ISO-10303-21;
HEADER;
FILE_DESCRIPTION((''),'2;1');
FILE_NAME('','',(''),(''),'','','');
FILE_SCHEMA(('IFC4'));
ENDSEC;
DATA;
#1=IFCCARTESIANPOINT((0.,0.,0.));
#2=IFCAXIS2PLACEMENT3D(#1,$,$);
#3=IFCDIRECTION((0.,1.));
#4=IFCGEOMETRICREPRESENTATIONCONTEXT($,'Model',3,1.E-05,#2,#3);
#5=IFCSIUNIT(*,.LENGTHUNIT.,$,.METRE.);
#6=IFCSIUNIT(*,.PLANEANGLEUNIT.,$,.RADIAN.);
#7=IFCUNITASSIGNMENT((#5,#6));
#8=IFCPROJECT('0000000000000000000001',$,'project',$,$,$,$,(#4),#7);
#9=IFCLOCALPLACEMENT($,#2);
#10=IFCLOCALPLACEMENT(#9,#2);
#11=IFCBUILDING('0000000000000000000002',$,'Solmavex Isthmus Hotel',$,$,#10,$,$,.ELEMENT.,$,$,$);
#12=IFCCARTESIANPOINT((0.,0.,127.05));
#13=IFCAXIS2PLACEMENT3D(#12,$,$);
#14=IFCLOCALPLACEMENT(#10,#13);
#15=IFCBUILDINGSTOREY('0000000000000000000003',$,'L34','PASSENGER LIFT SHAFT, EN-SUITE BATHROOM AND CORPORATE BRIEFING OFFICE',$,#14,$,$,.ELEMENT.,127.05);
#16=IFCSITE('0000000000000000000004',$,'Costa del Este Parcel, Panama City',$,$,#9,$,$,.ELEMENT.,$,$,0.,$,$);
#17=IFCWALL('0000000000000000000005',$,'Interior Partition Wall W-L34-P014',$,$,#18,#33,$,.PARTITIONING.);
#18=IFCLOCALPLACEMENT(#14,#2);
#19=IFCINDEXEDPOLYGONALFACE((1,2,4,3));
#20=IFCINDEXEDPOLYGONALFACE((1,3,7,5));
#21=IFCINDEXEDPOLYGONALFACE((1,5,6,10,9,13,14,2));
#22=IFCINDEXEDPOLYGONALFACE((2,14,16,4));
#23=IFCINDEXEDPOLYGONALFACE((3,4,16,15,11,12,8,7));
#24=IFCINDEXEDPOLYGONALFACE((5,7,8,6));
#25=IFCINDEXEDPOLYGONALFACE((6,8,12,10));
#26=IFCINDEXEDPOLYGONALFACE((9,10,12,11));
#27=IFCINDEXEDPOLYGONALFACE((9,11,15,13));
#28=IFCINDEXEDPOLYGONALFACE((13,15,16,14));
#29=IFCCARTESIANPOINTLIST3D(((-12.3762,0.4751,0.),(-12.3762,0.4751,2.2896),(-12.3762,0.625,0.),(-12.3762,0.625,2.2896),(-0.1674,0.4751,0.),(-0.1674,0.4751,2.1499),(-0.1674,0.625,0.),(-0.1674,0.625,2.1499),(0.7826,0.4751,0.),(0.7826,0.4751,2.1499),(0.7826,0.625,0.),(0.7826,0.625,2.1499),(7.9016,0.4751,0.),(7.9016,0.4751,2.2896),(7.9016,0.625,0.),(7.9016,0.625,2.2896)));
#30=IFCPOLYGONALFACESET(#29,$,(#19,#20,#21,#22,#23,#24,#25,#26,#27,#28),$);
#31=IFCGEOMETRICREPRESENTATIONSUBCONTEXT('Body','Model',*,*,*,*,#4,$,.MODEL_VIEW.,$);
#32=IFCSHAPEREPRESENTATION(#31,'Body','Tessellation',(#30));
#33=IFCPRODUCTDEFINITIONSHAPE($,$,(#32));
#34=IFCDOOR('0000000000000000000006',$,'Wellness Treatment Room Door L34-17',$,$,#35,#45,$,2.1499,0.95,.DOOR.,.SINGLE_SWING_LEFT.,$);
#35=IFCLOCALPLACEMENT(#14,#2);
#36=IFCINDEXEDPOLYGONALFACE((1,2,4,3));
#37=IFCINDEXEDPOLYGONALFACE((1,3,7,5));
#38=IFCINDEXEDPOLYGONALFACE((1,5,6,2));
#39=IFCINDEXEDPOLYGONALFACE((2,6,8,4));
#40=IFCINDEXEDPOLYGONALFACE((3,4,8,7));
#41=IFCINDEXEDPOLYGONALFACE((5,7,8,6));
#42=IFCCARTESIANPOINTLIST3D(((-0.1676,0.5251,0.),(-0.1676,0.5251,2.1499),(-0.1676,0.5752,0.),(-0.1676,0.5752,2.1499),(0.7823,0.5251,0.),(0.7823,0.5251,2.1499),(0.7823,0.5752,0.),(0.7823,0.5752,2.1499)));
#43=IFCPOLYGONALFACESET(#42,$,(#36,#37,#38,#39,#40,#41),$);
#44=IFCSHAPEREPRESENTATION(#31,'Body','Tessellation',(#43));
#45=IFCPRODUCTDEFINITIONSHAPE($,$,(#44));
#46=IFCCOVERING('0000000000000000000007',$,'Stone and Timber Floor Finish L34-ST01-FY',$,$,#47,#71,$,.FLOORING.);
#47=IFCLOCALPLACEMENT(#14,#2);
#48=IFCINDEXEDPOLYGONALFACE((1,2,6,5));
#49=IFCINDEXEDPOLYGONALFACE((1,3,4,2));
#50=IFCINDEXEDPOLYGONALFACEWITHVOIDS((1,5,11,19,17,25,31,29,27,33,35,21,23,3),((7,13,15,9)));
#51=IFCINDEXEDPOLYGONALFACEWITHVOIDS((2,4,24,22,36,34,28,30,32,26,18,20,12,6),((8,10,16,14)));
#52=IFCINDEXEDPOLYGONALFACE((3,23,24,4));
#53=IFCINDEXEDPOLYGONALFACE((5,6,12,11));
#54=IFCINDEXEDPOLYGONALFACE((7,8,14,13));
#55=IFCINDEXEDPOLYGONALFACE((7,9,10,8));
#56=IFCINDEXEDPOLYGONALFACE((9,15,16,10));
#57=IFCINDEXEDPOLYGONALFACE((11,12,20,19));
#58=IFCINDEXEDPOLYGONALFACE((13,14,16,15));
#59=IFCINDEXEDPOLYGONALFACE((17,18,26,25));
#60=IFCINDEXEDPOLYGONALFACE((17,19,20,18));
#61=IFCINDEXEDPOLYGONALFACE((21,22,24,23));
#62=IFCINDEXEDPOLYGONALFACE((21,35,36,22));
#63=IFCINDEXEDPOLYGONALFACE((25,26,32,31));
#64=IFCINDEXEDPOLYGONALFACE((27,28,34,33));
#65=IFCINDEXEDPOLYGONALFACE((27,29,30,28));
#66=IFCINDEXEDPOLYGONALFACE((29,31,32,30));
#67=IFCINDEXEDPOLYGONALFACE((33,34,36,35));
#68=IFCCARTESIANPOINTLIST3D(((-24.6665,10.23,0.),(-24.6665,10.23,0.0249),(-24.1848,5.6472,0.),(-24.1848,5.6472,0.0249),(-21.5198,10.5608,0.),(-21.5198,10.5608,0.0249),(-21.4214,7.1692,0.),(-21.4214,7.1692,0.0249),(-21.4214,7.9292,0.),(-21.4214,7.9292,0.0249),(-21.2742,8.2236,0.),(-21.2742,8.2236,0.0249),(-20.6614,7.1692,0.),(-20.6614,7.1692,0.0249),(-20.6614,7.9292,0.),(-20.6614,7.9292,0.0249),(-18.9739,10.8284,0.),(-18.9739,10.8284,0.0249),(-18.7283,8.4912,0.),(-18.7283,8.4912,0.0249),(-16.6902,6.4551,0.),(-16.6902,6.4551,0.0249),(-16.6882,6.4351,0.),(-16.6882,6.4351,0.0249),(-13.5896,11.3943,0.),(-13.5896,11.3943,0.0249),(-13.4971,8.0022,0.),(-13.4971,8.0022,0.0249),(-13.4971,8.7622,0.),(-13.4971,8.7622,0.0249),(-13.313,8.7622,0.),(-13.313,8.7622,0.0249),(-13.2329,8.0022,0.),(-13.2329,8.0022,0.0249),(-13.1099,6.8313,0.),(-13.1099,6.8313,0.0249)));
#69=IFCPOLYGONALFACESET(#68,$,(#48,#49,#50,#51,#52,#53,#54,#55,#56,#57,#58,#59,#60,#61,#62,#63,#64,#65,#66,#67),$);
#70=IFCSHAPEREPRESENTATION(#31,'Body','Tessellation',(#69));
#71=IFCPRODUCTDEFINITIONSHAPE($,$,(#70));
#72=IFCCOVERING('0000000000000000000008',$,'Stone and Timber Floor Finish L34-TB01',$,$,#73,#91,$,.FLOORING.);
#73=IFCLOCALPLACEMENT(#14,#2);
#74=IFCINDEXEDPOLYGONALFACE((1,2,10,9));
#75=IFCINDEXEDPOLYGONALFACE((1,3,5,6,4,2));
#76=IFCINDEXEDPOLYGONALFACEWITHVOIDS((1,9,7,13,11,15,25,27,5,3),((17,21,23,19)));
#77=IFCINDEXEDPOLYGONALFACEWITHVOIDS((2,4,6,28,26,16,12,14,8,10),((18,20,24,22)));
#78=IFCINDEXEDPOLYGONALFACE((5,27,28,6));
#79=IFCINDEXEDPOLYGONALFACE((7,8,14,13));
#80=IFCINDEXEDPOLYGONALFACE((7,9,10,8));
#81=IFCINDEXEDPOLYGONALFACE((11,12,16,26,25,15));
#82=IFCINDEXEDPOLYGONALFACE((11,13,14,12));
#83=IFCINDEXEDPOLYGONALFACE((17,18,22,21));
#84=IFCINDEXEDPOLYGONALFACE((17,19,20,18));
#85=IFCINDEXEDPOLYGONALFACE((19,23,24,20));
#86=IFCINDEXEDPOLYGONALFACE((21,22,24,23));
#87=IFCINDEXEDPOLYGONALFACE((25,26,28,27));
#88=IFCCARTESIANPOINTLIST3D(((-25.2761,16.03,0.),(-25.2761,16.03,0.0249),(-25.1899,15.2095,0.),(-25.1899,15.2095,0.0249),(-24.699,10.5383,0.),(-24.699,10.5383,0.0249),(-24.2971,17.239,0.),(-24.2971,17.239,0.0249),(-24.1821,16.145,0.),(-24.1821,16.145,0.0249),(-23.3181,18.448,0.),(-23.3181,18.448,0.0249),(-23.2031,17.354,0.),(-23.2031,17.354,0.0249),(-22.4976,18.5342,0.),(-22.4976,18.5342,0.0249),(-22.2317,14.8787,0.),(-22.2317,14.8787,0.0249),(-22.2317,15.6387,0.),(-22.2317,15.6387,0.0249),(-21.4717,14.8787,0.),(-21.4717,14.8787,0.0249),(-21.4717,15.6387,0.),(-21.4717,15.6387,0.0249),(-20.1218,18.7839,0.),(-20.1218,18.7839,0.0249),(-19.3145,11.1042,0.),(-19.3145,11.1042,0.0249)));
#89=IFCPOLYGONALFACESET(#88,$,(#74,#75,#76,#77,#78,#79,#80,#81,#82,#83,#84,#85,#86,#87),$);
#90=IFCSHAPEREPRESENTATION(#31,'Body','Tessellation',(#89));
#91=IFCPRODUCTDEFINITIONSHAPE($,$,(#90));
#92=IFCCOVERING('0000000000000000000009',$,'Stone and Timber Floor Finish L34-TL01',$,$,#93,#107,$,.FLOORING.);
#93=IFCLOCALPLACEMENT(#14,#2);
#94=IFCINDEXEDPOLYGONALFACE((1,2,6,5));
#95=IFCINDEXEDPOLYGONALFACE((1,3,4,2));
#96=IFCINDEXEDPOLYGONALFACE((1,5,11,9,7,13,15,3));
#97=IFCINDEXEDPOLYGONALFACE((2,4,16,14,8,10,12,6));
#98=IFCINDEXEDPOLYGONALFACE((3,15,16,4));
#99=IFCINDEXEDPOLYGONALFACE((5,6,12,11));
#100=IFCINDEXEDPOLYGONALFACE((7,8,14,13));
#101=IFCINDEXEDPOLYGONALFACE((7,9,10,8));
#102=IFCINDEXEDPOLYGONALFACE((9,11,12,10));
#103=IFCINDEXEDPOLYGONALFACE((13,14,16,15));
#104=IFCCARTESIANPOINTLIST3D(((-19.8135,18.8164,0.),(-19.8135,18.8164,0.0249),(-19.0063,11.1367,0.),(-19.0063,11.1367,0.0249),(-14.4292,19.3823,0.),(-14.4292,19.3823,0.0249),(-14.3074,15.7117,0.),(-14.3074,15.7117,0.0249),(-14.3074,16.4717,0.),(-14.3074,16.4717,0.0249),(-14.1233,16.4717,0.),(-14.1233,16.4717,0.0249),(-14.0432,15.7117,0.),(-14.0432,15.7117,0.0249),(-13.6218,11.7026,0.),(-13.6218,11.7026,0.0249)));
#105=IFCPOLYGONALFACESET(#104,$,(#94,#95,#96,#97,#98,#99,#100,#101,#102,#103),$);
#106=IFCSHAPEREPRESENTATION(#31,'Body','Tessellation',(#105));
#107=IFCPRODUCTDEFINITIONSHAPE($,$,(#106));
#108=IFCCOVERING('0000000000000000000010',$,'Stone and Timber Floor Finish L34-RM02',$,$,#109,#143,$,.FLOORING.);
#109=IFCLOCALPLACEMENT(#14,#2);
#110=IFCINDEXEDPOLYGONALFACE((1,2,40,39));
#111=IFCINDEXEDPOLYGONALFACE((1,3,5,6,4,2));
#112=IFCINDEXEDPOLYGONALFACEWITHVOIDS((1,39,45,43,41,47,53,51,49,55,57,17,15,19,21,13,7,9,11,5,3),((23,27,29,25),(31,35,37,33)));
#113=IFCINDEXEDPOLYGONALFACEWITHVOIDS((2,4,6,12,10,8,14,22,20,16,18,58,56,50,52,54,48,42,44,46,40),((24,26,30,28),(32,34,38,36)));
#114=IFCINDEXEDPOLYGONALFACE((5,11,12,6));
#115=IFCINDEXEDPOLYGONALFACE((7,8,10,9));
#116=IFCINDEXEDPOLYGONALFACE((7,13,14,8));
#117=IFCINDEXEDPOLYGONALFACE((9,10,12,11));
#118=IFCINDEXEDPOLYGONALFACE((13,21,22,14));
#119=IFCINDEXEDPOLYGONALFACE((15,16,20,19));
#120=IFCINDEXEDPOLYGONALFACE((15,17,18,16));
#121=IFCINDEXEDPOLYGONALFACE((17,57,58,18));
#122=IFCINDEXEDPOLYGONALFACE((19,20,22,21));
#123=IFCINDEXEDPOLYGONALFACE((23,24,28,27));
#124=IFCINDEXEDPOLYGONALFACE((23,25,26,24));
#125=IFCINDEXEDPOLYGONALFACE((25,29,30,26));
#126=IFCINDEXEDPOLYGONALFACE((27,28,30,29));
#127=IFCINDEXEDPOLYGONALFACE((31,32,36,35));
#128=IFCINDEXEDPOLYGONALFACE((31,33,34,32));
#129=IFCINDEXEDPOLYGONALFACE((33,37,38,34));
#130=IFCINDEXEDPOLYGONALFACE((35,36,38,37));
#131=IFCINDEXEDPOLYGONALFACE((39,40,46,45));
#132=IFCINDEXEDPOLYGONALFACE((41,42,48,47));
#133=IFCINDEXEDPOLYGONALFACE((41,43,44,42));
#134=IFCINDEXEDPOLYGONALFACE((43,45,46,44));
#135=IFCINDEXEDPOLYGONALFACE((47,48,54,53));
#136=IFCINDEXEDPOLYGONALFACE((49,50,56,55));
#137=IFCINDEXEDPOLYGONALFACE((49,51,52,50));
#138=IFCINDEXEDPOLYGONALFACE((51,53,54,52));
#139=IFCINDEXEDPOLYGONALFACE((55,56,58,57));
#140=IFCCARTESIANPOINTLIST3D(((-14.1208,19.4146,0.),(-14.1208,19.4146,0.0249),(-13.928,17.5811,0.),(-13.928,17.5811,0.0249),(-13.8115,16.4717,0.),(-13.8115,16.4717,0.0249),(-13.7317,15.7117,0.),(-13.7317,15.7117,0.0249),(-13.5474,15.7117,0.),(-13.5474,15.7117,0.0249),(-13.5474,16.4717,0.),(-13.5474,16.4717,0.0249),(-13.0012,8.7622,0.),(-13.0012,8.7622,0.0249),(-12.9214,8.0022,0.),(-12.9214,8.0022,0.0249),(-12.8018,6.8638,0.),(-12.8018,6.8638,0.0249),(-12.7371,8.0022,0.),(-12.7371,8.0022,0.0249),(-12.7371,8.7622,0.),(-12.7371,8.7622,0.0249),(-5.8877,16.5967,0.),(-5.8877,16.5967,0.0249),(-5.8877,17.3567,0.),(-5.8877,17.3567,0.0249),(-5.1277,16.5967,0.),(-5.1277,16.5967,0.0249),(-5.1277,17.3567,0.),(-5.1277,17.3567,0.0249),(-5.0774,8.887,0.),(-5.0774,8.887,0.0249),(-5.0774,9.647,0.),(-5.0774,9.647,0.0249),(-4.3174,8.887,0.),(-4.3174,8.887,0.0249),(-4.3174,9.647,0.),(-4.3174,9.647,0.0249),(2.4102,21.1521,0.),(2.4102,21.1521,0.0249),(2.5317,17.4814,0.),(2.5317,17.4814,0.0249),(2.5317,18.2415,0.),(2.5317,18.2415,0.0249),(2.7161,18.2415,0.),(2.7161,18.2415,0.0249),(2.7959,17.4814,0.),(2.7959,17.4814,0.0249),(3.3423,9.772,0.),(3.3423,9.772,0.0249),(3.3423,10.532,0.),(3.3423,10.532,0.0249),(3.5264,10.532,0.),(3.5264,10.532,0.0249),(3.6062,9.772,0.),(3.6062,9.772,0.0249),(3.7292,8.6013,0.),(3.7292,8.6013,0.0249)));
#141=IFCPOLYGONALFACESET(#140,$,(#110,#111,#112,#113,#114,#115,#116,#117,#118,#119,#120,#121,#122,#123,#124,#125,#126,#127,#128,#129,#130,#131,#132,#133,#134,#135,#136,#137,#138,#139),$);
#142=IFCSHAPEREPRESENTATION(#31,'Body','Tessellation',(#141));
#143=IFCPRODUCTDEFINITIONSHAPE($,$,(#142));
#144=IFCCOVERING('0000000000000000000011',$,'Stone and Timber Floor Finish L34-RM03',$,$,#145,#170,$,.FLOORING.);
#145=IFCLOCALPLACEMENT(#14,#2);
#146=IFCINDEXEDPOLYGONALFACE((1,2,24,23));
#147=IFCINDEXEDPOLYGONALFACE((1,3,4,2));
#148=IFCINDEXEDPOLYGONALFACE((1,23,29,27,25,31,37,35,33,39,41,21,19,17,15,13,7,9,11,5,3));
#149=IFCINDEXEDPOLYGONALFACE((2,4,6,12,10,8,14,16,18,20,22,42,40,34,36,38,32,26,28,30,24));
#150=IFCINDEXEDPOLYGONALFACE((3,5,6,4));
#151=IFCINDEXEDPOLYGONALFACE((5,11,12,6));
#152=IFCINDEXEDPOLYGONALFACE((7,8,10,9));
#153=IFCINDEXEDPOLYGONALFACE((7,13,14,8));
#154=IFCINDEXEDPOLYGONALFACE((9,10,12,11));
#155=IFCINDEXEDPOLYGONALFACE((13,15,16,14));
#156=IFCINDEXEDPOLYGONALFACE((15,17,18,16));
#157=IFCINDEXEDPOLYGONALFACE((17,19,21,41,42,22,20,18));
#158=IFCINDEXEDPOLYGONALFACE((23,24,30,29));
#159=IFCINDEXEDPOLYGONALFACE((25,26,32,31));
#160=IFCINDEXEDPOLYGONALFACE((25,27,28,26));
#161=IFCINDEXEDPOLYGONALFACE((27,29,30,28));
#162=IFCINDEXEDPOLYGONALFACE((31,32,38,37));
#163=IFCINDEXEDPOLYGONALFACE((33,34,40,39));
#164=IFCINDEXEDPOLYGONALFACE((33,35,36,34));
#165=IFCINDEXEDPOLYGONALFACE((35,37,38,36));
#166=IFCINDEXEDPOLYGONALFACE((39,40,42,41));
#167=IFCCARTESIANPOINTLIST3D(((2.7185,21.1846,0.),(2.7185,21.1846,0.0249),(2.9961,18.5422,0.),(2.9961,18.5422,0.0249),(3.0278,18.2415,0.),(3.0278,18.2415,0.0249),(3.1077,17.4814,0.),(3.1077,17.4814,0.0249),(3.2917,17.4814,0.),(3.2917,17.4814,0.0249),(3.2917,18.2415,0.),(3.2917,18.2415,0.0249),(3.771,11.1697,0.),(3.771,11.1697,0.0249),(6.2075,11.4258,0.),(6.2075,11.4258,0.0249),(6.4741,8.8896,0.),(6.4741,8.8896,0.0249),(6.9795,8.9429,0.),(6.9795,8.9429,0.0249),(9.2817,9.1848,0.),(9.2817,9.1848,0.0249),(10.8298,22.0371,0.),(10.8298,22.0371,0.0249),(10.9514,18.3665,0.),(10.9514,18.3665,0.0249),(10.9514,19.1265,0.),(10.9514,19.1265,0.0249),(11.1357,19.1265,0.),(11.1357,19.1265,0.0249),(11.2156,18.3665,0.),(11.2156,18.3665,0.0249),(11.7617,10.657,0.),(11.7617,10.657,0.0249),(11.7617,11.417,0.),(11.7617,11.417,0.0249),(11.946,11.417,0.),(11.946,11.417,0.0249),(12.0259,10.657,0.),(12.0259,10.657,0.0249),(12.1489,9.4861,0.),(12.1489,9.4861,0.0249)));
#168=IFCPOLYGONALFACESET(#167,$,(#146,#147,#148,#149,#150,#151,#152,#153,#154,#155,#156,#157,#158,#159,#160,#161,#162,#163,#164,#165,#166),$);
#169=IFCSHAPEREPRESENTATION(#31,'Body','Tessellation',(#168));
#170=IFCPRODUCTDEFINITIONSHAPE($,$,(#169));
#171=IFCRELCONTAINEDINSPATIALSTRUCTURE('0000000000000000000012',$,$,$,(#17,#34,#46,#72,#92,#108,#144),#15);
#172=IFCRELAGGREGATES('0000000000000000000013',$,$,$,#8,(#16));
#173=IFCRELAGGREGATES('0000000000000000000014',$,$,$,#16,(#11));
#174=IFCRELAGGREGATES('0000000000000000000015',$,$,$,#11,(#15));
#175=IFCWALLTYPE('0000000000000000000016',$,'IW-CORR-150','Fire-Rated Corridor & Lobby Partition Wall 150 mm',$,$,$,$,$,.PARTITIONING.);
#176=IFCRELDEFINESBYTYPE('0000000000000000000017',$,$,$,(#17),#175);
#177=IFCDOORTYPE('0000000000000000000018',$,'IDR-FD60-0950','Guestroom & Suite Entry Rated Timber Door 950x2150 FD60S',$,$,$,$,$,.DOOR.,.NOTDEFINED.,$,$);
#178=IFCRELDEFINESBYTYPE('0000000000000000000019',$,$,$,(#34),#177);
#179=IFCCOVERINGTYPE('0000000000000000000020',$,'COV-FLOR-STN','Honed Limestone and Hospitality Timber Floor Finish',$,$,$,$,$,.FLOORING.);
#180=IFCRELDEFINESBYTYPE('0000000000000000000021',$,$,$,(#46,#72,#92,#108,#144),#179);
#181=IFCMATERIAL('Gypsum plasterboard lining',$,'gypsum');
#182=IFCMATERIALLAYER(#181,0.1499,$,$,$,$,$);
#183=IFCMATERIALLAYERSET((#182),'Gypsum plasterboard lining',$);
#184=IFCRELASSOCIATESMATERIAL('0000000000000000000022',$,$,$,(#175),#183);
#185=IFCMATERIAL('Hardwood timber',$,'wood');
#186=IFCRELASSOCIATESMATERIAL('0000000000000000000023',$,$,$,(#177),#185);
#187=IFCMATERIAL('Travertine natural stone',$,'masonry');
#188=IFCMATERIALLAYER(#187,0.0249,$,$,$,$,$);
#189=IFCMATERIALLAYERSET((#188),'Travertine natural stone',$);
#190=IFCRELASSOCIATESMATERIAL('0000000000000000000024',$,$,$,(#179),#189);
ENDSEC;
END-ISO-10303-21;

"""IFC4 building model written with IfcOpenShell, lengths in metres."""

from ifc_helpers import new_model, si_unit, direction, frame, frame_2d, origin, place, context, subcontext, project, spatial, polyline, rectangle, outline, extrude, material, layer, layer_set, type_object, element, fill, save


model = new_model("IFC4")

# Units and contexts
model_context = context("Model", 3, precision=1e-05, world=origin(), true_north=direction((0.0, 1.0)))
body_context = subcontext(model_context, "Body", "Model", "MODEL_VIEW")
ifc_project = project(units=[si_unit("LENGTHUNIT", "METRE"), si_unit("PLANEANGLEUNIT", "RADIAN")], contexts=[model_context])

# Site, building, storey
site_placement = place(None, origin())
site = spatial("IfcSite", under=ifc_project, at=site_placement, Name="Costa del Este Parcel, Panama City", CompositionType="ELEMENT", RefElevation=0.0)
building_placement = place(site_placement, origin())
building = spatial("IfcBuilding", under=site, at=building_placement, Name="Solmavex Isthmus Hotel", CompositionType="ELEMENT")
storey_placement = place(building_placement, frame((0.0, 0.0, 127.05)))
storey = spatial("IfcBuildingStorey", under=building, at=storey_placement, Name="L34", Description="PASSENGER LIFT SHAFT, EN-SUITE BATHROOM AND CORPORATE BRIEFING OFFICE", CompositionType="ELEMENT", Elevation=127.05)

# Shared definitions
ifc_material_1 = material(Name="Gypsum plasterboard lining", Category="gypsum")

# Wall, opening, door
ifc_layer_1 = layer(ifc_material_1, 0.1499)
ifc_layer_set_1 = layer_set([ifc_layer_1], Name="Gypsum plasterboard lining")
wall_type_1 = type_object("IfcWallType", Name="IW-CORR-150", Description="Fire-Rated Corridor & Lobby Partition Wall 150 mm", PredefinedType="PARTITIONING", material=ifc_layer_set_1)
wall_1_placement = place(storey_placement, frame((-12.3762, 0.55, 0.0), z_axis=(0.0, 0.0, 1.0), x_axis=(1.0, 0.0, 0.0)))
wall_1 = element("IfcWall", 1, at=wall_1_placement, inside=storey, type_object=wall_type_1, Name="Interior Partition Wall W-L34-P014", PredefinedType="PARTITIONING", context=body_context, shape_type="SweptSolid", body=[
    extrude(rectangle(XDim=20.2778, YDim=0.1499, at=frame_2d((10.1389, 0.0))), origin(), (0.0, 0.0, 1.0), 2.2896),
])
opening_placement = place(wall_1_placement, frame((12.2087, 0.0, 0.0)))
opening = element("IfcOpeningElement", 2, at=opening_placement, cuts=wall_1, PredefinedType="OPENING", context=body_context, shape_type="SweptSolid", body=[
    extrude(rectangle(XDim=0.95, YDim=2.1499, at=frame_2d((0.4751, 1.075))), frame((0.0, 0.085, 0.0), z_axis=(0.0, -1.0, 0.0), x_axis=(1.0, 0.0, 0.0)), (0.0, 0.0, 1.0), 0.1699),
])
ifc_material_2 = material(Name="Hardwood timber", Category="wood")
door_type = type_object("IfcDoorType", Name="IDR-FD60-0950", Description="Guestroom & Suite Entry Rated Timber Door 950x2150 FD60S", OperationType="NOTDEFINED", PredefinedType="DOOR", material=ifc_material_2)
door_placement = place(opening_placement, frame((0.95, 0.0, 0.0), z_axis=(0.0, 0.0, 1.0), x_axis=(-1.0, 0.0, 0.0)))
door = element("IfcDoor", 3, at=door_placement, inside=storey, type_object=door_type, Name="Wellness Treatment Room Door L34-17", OperationType="SINGLE_SWING_LEFT", OverallHeight=2.1499, OverallWidth=0.95, PredefinedType="DOOR", context=body_context, shape_type="SweptSolid", body=[
    extrude(rectangle(XDim=0.95, YDim=2.1499, at=frame_2d((0.4751, 1.075))), frame((0.0, 0.0249, 0.0), z_axis=(0.0, -1.0, 0.0), x_axis=(1.0, 0.0, 0.0)), (0.0, 0.0, 1.0), 0.05),
])
fill(opening, door)

# Coverings
ifc_material_3 = material(Name="Travertine natural stone", Category="masonry")
ifc_layer_2 = layer(ifc_material_3, 0.0249)
ifc_layer_set_2 = layer_set([ifc_layer_2], Name="Travertine natural stone")
covering_type = type_object("IfcCoveringType", Name="COV-FLOR-STN", Description="Honed Limestone and Hospitality Timber Floor Finish", PredefinedType="FLOORING", material=ifc_layer_set_2)
covering_1_placement = place(storey_placement, origin())
element("IfcCovering", 4, at=covering_1_placement, inside=storey, type_object=covering_type, Name="Stone and Timber Floor Finish L34-ST01-FY", PredefinedType="FLOORING", context=body_context, shape_type="SweptSolid", body=[
    extrude(outline(polyline([(-21.5198, 10.5608), (-24.6665, 10.23), (-24.1848, 5.6472), (-16.6882, 6.4351), (-16.6902, 6.4551), (-13.1099, 6.8313), (-13.2329, 8.0022), (-13.4971, 8.0022), (-13.4971, 8.7622), (-13.313, 8.7622), (-13.5896, 11.3943), (-18.9739, 10.8284), (-18.7283, 8.4912), (-21.2742, 8.2236), (-21.5198, 10.5608)]), holes=[polyline([(-21.4214, 7.1692), (-21.4214, 7.9292), (-20.6614, 7.9292), (-20.6614, 7.1692), (-21.4214, 7.1692)])]), origin(), (0.0, 0.0, 1.0), 0.0249),
])
covering_2_placement = place(storey_placement, origin())
element("IfcCovering", 5, at=covering_2_placement, inside=storey, type_object=covering_type, Name="Stone and Timber Floor Finish L34-TB01", PredefinedType="FLOORING", context=body_context, shape_type="SweptSolid", body=[
    extrude(outline(polyline([(-25.2761, 16.03), (-25.1899, 15.2095), (-24.699, 10.5383), (-19.3145, 11.1042), (-20.1218, 18.7839), (-22.4976, 18.5342), (-23.3181, 18.448), (-23.2031, 17.354), (-24.2971, 17.239), (-24.1821, 16.145), (-25.2761, 16.03)]), holes=[polyline([(-22.2317, 14.8787), (-22.2317, 15.6387), (-21.4717, 15.6387), (-21.4717, 14.8787), (-22.2317, 14.8787)])]), origin(), (0.0, 0.0, 1.0), 0.0249),
])
covering_3_placement = place(storey_placement, origin())
element("IfcCovering", 6, at=covering_3_placement, inside=storey, type_object=covering_type, Name="Stone and Timber Floor Finish L34-TL01", PredefinedType="FLOORING", context=body_context, shape_type="SweptSolid", body=[
    extrude(outline(polyline([(-14.0432, 15.7117), (-14.3074, 15.7117), (-14.3074, 16.4717), (-14.1233, 16.4717), (-14.4292, 19.3823), (-19.8135, 18.8164), (-19.0063, 11.1367), (-13.6218, 11.7026), (-14.0432, 15.7117)])), origin(), (0.0, 0.0, 1.0), 0.0249),
])
covering_4_placement = place(storey_placement, origin())
element("IfcCovering", 7, at=covering_4_placement, inside=storey, type_object=covering_type, Name="Stone and Timber Floor Finish L34-RM02", PredefinedType="FLOORING", context=body_context, shape_type="SweptSolid", body=[
    extrude(outline(polyline([(-13.0012, 8.7622), (-12.7371, 8.7622), (-12.7371, 8.0022), (-12.9214, 8.0022), (-12.8018, 6.8638), (3.7292, 8.6013), (3.6062, 9.772), (3.3423, 9.772), (3.3423, 10.532), (3.5264, 10.532), (2.7959, 17.4814), (2.5317, 17.4814), (2.5317, 18.2415), (2.7161, 18.2415), (2.4102, 21.1521), (-14.1208, 19.4146), (-13.928, 17.5811), (-13.8115, 16.4717), (-13.5474, 16.4717), (-13.5474, 15.7117), (-13.7317, 15.7117), (-13.0012, 8.7622)]), holes=[polyline([(-5.0774, 8.887), (-5.0774, 9.647), (-4.3174, 9.647), (-4.3174, 8.887), (-5.0774, 8.887)]), polyline([(-5.8877, 17.3567), (-5.1277, 17.3567), (-5.1277, 16.5967), (-5.8877, 16.5967), (-5.8877, 17.3567)])]), origin(), (0.0, 0.0, 1.0), 0.0249),
])
covering_5_placement = place(storey_placement, origin())
element("IfcCovering", 8, at=covering_5_placement, inside=storey, type_object=covering_type, Name="Stone and Timber Floor Finish L34-RM03", PredefinedType="FLOORING", context=body_context, shape_type="SweptSolid", body=[
    extrude(outline(polyline([(3.0278, 18.2415), (3.2917, 18.2415), (3.2917, 17.4814), (3.1077, 17.4814), (3.771, 11.1697), (6.2075, 11.4258), (6.4741, 8.8896), (6.9795, 8.9429), (9.2817, 9.1848), (12.1489, 9.4861), (12.0259, 10.657), (11.7617, 10.657), (11.7617, 11.417), (11.946, 11.417), (11.2156, 18.3665), (10.9514, 18.3665), (10.9514, 19.1265), (11.1357, 19.1265), (10.8298, 22.0371), (2.7185, 21.1846), (2.9961, 18.5422), (3.0278, 18.2415)])), origin(), (0.0, 0.0, 1.0), 0.0249),
])

save(model, "model.ifc")
